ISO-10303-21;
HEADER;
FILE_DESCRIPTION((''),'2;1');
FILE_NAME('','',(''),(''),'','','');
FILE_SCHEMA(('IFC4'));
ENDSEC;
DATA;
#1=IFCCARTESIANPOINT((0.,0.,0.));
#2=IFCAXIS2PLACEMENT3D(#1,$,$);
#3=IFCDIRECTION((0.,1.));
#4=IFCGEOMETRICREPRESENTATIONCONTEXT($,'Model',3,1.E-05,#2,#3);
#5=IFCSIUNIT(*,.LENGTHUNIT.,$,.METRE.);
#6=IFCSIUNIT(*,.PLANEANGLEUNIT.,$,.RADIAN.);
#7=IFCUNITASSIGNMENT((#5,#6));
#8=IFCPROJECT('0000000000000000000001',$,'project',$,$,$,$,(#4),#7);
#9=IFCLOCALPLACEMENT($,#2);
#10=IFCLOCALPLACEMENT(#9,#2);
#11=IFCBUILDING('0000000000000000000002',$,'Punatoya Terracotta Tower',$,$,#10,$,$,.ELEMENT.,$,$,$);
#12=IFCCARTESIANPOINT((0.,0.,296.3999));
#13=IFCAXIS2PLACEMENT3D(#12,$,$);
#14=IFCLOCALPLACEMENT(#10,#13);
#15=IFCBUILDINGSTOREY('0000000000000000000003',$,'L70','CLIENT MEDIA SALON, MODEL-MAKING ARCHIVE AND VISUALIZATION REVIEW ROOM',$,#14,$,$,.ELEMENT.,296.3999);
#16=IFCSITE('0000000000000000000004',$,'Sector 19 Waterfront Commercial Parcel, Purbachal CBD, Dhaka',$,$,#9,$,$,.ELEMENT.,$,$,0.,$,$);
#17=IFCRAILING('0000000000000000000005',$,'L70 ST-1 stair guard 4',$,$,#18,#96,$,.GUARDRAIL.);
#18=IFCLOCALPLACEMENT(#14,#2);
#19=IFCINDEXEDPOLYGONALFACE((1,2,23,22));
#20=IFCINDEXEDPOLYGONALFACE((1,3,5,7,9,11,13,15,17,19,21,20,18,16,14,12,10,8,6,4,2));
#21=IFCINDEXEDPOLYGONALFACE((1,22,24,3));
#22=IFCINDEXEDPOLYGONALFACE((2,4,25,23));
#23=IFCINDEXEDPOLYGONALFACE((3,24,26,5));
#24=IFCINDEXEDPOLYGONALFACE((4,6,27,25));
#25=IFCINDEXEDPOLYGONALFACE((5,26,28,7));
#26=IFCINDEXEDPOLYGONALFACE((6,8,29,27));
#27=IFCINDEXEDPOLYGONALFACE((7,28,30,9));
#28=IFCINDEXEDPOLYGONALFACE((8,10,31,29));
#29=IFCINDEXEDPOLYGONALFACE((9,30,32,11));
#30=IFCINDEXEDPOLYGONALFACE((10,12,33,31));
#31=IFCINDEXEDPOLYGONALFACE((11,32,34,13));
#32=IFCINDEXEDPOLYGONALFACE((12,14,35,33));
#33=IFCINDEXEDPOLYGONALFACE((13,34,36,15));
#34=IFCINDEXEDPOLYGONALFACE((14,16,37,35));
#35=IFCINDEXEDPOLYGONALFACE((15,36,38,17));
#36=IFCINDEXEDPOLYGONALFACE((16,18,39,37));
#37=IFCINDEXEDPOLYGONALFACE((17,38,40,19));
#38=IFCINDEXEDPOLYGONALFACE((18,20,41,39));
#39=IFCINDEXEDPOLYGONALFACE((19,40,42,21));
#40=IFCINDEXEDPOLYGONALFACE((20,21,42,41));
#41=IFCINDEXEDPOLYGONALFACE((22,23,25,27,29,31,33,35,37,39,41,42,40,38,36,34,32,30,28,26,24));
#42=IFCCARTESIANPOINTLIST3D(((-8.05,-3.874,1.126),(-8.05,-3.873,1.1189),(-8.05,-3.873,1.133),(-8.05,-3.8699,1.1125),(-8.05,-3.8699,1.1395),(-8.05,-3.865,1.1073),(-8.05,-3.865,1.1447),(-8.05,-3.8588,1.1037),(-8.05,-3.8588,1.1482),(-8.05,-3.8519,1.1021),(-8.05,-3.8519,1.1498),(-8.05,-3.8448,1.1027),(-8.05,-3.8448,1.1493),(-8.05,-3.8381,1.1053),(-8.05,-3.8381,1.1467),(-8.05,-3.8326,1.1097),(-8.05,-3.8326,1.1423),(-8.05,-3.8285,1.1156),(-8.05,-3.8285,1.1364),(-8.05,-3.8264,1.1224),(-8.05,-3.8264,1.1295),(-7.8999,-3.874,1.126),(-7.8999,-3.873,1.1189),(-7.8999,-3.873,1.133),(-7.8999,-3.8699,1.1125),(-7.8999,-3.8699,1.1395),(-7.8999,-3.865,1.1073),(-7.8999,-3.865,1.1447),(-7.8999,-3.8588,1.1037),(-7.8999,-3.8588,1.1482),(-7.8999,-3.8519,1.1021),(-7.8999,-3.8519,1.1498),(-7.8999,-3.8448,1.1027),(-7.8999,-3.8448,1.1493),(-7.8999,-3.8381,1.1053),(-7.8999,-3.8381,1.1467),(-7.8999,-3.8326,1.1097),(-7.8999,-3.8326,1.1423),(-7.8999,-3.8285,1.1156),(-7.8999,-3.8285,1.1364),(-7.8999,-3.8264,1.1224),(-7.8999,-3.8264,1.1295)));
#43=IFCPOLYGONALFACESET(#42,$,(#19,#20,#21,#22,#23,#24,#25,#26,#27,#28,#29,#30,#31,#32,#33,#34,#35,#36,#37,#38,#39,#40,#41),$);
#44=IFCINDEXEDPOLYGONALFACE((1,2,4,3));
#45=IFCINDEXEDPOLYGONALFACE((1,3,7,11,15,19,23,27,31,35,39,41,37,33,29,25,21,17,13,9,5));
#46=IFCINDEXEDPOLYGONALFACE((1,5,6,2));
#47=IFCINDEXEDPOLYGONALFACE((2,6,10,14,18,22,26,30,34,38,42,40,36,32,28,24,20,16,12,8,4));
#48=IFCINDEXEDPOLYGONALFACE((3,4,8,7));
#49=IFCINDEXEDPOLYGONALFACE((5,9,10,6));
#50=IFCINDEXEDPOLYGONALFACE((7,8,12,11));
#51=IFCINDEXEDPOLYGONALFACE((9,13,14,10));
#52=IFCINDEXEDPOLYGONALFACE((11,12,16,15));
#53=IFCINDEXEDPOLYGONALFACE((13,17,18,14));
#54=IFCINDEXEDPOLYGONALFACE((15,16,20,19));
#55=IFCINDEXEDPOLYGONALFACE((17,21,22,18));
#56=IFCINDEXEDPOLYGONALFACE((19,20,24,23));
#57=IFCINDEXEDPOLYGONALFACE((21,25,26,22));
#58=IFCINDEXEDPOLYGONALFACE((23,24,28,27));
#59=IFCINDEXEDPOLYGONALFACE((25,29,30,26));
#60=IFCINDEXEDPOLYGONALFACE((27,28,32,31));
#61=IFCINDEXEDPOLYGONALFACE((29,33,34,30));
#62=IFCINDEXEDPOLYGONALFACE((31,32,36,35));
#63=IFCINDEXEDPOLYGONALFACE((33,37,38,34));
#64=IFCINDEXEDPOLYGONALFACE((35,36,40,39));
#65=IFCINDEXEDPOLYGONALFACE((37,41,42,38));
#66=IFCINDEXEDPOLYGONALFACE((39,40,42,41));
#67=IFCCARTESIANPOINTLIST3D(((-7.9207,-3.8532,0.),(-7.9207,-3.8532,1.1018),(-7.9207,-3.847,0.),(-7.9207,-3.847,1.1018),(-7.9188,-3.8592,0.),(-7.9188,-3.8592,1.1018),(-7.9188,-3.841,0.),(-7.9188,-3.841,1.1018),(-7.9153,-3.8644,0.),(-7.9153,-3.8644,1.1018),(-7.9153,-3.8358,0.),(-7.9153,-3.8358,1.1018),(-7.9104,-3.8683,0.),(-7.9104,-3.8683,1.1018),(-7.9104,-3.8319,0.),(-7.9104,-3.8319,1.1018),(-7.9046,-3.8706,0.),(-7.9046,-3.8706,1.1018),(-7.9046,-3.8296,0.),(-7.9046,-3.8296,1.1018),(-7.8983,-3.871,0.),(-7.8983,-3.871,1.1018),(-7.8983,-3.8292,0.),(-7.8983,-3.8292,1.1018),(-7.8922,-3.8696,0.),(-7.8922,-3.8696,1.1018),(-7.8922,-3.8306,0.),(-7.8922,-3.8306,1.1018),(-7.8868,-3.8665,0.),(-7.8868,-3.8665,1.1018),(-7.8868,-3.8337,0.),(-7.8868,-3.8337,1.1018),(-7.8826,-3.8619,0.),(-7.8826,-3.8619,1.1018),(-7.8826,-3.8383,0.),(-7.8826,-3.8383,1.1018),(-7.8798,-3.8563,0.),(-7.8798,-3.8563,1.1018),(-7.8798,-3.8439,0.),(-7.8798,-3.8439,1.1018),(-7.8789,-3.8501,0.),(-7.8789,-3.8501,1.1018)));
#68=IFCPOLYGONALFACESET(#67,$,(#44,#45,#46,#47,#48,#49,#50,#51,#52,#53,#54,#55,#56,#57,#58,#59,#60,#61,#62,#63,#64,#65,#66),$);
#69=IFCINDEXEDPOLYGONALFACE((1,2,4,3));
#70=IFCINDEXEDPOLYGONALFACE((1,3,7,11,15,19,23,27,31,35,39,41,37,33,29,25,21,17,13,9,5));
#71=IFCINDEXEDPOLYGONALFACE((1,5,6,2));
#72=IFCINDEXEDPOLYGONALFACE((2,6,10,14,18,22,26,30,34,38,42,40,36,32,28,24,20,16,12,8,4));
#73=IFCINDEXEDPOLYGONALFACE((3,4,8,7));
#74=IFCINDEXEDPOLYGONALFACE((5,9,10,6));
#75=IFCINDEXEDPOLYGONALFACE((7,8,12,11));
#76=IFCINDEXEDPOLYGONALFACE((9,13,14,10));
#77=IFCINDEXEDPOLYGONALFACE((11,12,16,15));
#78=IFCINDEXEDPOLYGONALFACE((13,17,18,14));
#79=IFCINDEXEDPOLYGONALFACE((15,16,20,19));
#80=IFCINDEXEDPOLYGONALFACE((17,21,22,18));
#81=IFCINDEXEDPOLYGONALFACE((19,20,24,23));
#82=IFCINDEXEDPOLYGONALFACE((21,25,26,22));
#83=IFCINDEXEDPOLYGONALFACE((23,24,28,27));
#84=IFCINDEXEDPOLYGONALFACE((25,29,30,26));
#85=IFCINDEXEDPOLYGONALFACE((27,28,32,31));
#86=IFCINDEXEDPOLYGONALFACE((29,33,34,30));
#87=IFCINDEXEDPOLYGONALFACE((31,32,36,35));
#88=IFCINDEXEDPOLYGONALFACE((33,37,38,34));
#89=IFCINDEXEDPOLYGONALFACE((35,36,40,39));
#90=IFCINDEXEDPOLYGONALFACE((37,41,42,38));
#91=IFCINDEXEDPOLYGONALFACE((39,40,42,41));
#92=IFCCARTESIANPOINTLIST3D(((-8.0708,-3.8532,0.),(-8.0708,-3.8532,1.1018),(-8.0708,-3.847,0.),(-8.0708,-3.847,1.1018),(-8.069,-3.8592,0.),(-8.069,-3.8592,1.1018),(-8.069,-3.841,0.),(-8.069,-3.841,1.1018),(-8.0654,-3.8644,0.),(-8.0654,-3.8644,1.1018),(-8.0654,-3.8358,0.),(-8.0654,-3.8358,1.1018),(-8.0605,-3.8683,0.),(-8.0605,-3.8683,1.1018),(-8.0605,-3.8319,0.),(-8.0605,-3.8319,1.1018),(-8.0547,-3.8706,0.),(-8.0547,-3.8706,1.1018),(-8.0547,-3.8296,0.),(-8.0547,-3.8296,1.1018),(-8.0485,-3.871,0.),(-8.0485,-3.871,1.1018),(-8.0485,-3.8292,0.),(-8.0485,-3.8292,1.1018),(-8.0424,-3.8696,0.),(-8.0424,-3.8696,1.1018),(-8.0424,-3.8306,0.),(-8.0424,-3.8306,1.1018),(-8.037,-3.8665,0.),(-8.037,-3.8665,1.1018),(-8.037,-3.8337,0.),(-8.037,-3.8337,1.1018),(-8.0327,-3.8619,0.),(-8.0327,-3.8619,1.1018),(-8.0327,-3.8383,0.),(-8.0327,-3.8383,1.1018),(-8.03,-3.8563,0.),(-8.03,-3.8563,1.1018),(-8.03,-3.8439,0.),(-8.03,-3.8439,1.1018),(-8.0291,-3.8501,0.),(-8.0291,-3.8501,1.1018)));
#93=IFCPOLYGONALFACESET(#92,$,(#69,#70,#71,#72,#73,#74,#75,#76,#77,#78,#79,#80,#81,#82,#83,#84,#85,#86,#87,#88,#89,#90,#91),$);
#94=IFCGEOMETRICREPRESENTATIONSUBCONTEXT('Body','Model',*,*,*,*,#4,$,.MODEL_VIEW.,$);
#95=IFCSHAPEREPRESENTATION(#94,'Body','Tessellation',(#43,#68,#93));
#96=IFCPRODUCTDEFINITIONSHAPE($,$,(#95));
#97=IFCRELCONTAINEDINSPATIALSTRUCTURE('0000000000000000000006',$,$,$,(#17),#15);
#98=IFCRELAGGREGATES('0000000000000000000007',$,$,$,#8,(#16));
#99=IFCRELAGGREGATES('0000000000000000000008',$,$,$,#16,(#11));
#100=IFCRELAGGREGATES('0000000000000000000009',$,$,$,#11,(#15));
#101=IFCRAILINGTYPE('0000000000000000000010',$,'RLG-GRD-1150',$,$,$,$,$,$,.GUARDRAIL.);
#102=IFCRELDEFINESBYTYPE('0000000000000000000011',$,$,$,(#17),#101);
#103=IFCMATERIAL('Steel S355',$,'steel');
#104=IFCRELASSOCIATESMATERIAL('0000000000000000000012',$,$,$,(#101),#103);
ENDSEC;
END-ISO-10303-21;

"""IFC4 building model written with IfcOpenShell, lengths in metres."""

from ifc_helpers import new_model, si_unit, direction, frame, origin, origin_2d, place, context, subcontext, project, spatial, circle, extrude, material, type_object, element, save


model = new_model("IFC4")

# Units and contexts
model_context = context("Model", 3, precision=1e-05, world=origin(), true_north=direction((0.0, 1.0)))
body_context = subcontext(model_context, "Body", "Model", "MODEL_VIEW")
ifc_project = project(units=[si_unit("LENGTHUNIT", "METRE"), si_unit("PLANEANGLEUNIT", "RADIAN")], contexts=[model_context])

# Site, building, storey
site_placement = place(None, origin())
site = spatial("IfcSite", under=ifc_project, at=site_placement, Name="Sector 19 Waterfront Commercial Parcel, Purbachal CBD, Dhaka", CompositionType="ELEMENT", RefElevation=0.0)
building_placement = place(site_placement, origin())
building = spatial("IfcBuilding", under=site, at=building_placement, Name="Punatoya Terracotta Tower", CompositionType="ELEMENT")
storey_placement = place(building_placement, frame((0.0, 0.0, 296.3999)))
storey = spatial("IfcBuildingStorey", under=building, at=storey_placement, Name="L70", Description="CLIENT MEDIA SALON, MODEL-MAKING ARCHIVE AND VISUALIZATION REVIEW ROOM", CompositionType="ELEMENT", Elevation=296.3999)

# Shared definitions
ifc_material_1 = material(Name="Steel S355", Category="steel")

# Railing
railing_type_1 = type_object("IfcRailingType", Name="RLG-GRD-1150", PredefinedType="GUARDRAIL", material=ifc_material_1)
railing_1_placement = place(storey_placement, frame((-7.8999, -3.8501, 0.0)))
element("IfcRailing", 1, at=railing_1_placement, inside=storey, type_object=railing_type_1, Name="L70 ST-1 stair guard 4", PredefinedType="GUARDRAIL", context=body_context, shape_type="SweptSolid", body=[
    extrude(circle(Radius=0.0239, at=origin_2d()), frame((0.0, 0.0, 1.126), z_axis=(-1.0, 0.0, 0.0), x_axis=(0.0, -1.0, 0.0)), (0.0, 0.0, 1.0), 0.1501),
    extrude(circle(Radius=0.021, at=origin_2d()), origin(), (0.0, 0.0, 1.0), 1.1018),
    extrude(circle(Radius=0.021, at=origin_2d()), frame((-0.1501, 0.0, 0.0)), (0.0, 0.0, 1.0), 1.1018),
])

save(model, "model.ifc")
